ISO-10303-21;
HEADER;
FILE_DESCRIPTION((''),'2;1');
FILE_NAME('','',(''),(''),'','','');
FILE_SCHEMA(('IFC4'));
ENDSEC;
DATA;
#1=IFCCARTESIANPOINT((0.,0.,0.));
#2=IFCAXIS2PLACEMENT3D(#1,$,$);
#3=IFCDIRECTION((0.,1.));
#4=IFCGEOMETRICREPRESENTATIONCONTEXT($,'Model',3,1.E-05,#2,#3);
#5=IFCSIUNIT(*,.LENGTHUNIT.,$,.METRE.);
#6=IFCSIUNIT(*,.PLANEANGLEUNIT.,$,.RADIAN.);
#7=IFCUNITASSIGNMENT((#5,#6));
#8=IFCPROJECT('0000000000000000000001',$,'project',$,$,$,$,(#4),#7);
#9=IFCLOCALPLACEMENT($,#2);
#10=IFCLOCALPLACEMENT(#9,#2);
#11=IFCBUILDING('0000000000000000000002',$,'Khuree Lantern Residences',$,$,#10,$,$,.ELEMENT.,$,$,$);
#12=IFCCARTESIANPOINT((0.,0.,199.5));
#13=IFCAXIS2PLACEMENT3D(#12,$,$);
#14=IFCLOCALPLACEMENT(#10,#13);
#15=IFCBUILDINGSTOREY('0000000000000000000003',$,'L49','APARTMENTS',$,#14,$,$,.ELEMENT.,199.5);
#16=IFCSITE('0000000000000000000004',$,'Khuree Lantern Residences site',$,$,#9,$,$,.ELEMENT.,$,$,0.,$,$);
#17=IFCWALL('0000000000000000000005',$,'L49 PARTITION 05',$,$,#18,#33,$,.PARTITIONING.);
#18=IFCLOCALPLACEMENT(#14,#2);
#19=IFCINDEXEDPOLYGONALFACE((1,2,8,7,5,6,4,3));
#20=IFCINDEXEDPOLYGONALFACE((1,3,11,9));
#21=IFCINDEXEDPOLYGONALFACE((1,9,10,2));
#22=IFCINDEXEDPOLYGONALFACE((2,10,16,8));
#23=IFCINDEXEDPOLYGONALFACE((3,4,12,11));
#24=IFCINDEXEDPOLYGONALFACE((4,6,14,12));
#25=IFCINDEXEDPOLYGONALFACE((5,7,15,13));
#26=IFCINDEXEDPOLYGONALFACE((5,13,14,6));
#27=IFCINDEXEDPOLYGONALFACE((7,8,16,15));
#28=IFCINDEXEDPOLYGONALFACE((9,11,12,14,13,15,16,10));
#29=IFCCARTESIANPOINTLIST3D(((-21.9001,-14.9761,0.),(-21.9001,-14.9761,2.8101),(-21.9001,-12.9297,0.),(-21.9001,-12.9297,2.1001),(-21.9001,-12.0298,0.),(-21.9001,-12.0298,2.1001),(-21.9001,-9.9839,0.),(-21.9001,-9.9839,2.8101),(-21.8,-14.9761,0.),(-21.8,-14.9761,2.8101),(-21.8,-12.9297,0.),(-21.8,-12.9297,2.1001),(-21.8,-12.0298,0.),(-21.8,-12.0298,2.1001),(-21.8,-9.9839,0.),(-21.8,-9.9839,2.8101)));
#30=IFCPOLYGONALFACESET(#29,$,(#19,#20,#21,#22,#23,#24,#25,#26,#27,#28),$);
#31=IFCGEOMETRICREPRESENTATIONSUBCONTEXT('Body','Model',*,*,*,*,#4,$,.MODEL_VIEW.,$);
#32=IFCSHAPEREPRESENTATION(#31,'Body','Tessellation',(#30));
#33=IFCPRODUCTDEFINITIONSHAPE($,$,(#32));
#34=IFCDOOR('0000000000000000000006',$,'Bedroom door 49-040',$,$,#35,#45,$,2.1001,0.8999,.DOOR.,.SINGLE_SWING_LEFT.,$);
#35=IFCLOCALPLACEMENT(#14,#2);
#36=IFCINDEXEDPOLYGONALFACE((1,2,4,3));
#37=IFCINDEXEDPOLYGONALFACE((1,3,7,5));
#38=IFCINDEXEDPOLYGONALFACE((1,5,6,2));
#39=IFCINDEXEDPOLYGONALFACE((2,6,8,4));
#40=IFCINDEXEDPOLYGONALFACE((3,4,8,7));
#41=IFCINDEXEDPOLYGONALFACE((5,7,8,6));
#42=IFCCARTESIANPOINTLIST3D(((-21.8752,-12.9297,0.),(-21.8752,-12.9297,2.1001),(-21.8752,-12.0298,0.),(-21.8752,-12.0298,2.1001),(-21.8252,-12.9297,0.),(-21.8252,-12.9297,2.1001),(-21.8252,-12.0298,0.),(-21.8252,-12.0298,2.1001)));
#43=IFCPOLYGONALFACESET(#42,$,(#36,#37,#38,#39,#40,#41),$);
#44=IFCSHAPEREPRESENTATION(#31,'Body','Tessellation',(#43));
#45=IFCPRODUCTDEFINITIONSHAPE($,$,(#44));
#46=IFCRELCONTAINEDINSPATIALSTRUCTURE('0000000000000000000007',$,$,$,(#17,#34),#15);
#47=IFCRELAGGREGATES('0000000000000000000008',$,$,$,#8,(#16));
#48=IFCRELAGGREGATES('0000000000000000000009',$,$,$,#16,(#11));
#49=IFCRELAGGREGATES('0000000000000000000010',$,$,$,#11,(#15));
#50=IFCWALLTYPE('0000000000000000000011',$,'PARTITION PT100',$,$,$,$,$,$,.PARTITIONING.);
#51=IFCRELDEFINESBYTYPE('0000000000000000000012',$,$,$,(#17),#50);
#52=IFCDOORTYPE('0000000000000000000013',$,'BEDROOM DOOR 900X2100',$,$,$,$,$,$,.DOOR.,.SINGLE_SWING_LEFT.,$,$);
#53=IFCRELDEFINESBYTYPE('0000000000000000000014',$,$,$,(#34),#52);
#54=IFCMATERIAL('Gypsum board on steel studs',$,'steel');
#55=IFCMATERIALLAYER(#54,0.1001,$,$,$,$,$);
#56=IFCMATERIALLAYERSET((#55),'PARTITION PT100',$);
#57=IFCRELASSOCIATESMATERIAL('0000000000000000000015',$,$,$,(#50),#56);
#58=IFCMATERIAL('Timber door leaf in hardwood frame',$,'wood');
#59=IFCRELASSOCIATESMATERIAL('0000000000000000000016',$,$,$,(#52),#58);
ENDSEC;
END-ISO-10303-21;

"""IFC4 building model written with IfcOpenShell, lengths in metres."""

from ifc_helpers import new_model, si_unit, direction, frame, frame_2d, origin, place, context, subcontext, project, spatial, rectangle, extrude, material, layer, layer_set, type_object, element, fill, save


model = new_model("IFC4")

# Units and contexts
model_context = context("Model", 3, precision=1e-05, world=origin(), true_north=direction((0.0, 1.0)))
body_context = subcontext(model_context, "Body", "Model", "MODEL_VIEW")
ifc_project = project(units=[si_unit("LENGTHUNIT", "METRE"), si_unit("PLANEANGLEUNIT", "RADIAN")], contexts=[model_context])

# Site, building, storey
site_placement = place(None, origin())
site = spatial("IfcSite", under=ifc_project, at=site_placement, Name="Khuree Lantern Residences site", CompositionType="ELEMENT", RefElevation=0.0)
building_placement = place(site_placement, origin())
building = spatial("IfcBuilding", under=site, at=building_placement, Name="Khuree Lantern Residences", CompositionType="ELEMENT")
storey_placement = place(building_placement, frame((0.0, 0.0, 199.5)))
storey = spatial("IfcBuildingStorey", under=building, at=storey_placement, Name="L49", Description="APARTMENTS", CompositionType="ELEMENT", Elevation=199.5)

# Shared definitions
ifc_material_1 = material(Name="Gypsum board on steel studs", Category="steel")
ifc_layer_1 = layer(ifc_material_1, 0.1001)
ifc_layer_set_1 = layer_set([ifc_layer_1], Name="PARTITION PT100")
wall_type_1 = type_object("IfcWallType", Name="PARTITION PT100", PredefinedType="PARTITIONING", material=ifc_layer_set_1)

# Wall, opening, door
wall_1_placement = place(storey_placement, frame((-21.8501, -9.9839, 0.0), z_axis=(0.0, 0.0, 1.0), x_axis=(0.0, -1.0, 0.0)))
wall_1 = element("IfcWall", 1, at=wall_1_placement, inside=storey, type_object=wall_type_1, Name="L49 PARTITION 05", PredefinedType="PARTITIONING", context=body_context, shape_type="SweptSolid", body=[
    extrude(rectangle(XDim=4.9922, YDim=0.1001, at=frame_2d((2.4961, 0.0))), origin(), (0.0, 0.0, 1.0), 2.8101),
])
opening_placement = place(wall_1_placement, frame((2.0459, 0.0, 0.0)))
opening = element("IfcOpeningElement", 2, at=opening_placement, cuts=wall_1, PredefinedType="OPENING", context=body_context, shape_type="SweptSolid", body=[
    extrude(rectangle(XDim=0.8999, YDim=2.1001, at=frame_2d((0.45, 1.05))), frame((0.0, 0.0601, 0.0), z_axis=(0.0, -1.0, 0.0), x_axis=(1.0, 0.0, 0.0)), (0.0, 0.0, 1.0), 0.1201),
])
ifc_material_2 = material(Name="Timber door leaf in hardwood frame", Category="wood")
door_type = type_object("IfcDoorType", Name="BEDROOM DOOR 900X2100", OperationType="SINGLE_SWING_LEFT", PredefinedType="DOOR", material=ifc_material_2)
door_placement = place(opening_placement, origin())
door = element("IfcDoor", 3, at=door_placement, inside=storey, type_object=door_type, Name="Bedroom door 49-040", OperationType="SINGLE_SWING_LEFT", OverallHeight=2.1001, OverallWidth=0.8999, PredefinedType="DOOR", context=body_context, shape_type="SweptSolid", body=[
    extrude(rectangle(XDim=0.8999, YDim=2.1001, at=frame_2d((0.45, 1.05))), frame((0.0, 0.0249, 0.0), z_axis=(0.0, -1.0, 0.0), x_axis=(1.0, 0.0, 0.0)), (0.0, 0.0, 1.0), 0.05),
])
fill(opening, door)

save(model, "model.ifc")
